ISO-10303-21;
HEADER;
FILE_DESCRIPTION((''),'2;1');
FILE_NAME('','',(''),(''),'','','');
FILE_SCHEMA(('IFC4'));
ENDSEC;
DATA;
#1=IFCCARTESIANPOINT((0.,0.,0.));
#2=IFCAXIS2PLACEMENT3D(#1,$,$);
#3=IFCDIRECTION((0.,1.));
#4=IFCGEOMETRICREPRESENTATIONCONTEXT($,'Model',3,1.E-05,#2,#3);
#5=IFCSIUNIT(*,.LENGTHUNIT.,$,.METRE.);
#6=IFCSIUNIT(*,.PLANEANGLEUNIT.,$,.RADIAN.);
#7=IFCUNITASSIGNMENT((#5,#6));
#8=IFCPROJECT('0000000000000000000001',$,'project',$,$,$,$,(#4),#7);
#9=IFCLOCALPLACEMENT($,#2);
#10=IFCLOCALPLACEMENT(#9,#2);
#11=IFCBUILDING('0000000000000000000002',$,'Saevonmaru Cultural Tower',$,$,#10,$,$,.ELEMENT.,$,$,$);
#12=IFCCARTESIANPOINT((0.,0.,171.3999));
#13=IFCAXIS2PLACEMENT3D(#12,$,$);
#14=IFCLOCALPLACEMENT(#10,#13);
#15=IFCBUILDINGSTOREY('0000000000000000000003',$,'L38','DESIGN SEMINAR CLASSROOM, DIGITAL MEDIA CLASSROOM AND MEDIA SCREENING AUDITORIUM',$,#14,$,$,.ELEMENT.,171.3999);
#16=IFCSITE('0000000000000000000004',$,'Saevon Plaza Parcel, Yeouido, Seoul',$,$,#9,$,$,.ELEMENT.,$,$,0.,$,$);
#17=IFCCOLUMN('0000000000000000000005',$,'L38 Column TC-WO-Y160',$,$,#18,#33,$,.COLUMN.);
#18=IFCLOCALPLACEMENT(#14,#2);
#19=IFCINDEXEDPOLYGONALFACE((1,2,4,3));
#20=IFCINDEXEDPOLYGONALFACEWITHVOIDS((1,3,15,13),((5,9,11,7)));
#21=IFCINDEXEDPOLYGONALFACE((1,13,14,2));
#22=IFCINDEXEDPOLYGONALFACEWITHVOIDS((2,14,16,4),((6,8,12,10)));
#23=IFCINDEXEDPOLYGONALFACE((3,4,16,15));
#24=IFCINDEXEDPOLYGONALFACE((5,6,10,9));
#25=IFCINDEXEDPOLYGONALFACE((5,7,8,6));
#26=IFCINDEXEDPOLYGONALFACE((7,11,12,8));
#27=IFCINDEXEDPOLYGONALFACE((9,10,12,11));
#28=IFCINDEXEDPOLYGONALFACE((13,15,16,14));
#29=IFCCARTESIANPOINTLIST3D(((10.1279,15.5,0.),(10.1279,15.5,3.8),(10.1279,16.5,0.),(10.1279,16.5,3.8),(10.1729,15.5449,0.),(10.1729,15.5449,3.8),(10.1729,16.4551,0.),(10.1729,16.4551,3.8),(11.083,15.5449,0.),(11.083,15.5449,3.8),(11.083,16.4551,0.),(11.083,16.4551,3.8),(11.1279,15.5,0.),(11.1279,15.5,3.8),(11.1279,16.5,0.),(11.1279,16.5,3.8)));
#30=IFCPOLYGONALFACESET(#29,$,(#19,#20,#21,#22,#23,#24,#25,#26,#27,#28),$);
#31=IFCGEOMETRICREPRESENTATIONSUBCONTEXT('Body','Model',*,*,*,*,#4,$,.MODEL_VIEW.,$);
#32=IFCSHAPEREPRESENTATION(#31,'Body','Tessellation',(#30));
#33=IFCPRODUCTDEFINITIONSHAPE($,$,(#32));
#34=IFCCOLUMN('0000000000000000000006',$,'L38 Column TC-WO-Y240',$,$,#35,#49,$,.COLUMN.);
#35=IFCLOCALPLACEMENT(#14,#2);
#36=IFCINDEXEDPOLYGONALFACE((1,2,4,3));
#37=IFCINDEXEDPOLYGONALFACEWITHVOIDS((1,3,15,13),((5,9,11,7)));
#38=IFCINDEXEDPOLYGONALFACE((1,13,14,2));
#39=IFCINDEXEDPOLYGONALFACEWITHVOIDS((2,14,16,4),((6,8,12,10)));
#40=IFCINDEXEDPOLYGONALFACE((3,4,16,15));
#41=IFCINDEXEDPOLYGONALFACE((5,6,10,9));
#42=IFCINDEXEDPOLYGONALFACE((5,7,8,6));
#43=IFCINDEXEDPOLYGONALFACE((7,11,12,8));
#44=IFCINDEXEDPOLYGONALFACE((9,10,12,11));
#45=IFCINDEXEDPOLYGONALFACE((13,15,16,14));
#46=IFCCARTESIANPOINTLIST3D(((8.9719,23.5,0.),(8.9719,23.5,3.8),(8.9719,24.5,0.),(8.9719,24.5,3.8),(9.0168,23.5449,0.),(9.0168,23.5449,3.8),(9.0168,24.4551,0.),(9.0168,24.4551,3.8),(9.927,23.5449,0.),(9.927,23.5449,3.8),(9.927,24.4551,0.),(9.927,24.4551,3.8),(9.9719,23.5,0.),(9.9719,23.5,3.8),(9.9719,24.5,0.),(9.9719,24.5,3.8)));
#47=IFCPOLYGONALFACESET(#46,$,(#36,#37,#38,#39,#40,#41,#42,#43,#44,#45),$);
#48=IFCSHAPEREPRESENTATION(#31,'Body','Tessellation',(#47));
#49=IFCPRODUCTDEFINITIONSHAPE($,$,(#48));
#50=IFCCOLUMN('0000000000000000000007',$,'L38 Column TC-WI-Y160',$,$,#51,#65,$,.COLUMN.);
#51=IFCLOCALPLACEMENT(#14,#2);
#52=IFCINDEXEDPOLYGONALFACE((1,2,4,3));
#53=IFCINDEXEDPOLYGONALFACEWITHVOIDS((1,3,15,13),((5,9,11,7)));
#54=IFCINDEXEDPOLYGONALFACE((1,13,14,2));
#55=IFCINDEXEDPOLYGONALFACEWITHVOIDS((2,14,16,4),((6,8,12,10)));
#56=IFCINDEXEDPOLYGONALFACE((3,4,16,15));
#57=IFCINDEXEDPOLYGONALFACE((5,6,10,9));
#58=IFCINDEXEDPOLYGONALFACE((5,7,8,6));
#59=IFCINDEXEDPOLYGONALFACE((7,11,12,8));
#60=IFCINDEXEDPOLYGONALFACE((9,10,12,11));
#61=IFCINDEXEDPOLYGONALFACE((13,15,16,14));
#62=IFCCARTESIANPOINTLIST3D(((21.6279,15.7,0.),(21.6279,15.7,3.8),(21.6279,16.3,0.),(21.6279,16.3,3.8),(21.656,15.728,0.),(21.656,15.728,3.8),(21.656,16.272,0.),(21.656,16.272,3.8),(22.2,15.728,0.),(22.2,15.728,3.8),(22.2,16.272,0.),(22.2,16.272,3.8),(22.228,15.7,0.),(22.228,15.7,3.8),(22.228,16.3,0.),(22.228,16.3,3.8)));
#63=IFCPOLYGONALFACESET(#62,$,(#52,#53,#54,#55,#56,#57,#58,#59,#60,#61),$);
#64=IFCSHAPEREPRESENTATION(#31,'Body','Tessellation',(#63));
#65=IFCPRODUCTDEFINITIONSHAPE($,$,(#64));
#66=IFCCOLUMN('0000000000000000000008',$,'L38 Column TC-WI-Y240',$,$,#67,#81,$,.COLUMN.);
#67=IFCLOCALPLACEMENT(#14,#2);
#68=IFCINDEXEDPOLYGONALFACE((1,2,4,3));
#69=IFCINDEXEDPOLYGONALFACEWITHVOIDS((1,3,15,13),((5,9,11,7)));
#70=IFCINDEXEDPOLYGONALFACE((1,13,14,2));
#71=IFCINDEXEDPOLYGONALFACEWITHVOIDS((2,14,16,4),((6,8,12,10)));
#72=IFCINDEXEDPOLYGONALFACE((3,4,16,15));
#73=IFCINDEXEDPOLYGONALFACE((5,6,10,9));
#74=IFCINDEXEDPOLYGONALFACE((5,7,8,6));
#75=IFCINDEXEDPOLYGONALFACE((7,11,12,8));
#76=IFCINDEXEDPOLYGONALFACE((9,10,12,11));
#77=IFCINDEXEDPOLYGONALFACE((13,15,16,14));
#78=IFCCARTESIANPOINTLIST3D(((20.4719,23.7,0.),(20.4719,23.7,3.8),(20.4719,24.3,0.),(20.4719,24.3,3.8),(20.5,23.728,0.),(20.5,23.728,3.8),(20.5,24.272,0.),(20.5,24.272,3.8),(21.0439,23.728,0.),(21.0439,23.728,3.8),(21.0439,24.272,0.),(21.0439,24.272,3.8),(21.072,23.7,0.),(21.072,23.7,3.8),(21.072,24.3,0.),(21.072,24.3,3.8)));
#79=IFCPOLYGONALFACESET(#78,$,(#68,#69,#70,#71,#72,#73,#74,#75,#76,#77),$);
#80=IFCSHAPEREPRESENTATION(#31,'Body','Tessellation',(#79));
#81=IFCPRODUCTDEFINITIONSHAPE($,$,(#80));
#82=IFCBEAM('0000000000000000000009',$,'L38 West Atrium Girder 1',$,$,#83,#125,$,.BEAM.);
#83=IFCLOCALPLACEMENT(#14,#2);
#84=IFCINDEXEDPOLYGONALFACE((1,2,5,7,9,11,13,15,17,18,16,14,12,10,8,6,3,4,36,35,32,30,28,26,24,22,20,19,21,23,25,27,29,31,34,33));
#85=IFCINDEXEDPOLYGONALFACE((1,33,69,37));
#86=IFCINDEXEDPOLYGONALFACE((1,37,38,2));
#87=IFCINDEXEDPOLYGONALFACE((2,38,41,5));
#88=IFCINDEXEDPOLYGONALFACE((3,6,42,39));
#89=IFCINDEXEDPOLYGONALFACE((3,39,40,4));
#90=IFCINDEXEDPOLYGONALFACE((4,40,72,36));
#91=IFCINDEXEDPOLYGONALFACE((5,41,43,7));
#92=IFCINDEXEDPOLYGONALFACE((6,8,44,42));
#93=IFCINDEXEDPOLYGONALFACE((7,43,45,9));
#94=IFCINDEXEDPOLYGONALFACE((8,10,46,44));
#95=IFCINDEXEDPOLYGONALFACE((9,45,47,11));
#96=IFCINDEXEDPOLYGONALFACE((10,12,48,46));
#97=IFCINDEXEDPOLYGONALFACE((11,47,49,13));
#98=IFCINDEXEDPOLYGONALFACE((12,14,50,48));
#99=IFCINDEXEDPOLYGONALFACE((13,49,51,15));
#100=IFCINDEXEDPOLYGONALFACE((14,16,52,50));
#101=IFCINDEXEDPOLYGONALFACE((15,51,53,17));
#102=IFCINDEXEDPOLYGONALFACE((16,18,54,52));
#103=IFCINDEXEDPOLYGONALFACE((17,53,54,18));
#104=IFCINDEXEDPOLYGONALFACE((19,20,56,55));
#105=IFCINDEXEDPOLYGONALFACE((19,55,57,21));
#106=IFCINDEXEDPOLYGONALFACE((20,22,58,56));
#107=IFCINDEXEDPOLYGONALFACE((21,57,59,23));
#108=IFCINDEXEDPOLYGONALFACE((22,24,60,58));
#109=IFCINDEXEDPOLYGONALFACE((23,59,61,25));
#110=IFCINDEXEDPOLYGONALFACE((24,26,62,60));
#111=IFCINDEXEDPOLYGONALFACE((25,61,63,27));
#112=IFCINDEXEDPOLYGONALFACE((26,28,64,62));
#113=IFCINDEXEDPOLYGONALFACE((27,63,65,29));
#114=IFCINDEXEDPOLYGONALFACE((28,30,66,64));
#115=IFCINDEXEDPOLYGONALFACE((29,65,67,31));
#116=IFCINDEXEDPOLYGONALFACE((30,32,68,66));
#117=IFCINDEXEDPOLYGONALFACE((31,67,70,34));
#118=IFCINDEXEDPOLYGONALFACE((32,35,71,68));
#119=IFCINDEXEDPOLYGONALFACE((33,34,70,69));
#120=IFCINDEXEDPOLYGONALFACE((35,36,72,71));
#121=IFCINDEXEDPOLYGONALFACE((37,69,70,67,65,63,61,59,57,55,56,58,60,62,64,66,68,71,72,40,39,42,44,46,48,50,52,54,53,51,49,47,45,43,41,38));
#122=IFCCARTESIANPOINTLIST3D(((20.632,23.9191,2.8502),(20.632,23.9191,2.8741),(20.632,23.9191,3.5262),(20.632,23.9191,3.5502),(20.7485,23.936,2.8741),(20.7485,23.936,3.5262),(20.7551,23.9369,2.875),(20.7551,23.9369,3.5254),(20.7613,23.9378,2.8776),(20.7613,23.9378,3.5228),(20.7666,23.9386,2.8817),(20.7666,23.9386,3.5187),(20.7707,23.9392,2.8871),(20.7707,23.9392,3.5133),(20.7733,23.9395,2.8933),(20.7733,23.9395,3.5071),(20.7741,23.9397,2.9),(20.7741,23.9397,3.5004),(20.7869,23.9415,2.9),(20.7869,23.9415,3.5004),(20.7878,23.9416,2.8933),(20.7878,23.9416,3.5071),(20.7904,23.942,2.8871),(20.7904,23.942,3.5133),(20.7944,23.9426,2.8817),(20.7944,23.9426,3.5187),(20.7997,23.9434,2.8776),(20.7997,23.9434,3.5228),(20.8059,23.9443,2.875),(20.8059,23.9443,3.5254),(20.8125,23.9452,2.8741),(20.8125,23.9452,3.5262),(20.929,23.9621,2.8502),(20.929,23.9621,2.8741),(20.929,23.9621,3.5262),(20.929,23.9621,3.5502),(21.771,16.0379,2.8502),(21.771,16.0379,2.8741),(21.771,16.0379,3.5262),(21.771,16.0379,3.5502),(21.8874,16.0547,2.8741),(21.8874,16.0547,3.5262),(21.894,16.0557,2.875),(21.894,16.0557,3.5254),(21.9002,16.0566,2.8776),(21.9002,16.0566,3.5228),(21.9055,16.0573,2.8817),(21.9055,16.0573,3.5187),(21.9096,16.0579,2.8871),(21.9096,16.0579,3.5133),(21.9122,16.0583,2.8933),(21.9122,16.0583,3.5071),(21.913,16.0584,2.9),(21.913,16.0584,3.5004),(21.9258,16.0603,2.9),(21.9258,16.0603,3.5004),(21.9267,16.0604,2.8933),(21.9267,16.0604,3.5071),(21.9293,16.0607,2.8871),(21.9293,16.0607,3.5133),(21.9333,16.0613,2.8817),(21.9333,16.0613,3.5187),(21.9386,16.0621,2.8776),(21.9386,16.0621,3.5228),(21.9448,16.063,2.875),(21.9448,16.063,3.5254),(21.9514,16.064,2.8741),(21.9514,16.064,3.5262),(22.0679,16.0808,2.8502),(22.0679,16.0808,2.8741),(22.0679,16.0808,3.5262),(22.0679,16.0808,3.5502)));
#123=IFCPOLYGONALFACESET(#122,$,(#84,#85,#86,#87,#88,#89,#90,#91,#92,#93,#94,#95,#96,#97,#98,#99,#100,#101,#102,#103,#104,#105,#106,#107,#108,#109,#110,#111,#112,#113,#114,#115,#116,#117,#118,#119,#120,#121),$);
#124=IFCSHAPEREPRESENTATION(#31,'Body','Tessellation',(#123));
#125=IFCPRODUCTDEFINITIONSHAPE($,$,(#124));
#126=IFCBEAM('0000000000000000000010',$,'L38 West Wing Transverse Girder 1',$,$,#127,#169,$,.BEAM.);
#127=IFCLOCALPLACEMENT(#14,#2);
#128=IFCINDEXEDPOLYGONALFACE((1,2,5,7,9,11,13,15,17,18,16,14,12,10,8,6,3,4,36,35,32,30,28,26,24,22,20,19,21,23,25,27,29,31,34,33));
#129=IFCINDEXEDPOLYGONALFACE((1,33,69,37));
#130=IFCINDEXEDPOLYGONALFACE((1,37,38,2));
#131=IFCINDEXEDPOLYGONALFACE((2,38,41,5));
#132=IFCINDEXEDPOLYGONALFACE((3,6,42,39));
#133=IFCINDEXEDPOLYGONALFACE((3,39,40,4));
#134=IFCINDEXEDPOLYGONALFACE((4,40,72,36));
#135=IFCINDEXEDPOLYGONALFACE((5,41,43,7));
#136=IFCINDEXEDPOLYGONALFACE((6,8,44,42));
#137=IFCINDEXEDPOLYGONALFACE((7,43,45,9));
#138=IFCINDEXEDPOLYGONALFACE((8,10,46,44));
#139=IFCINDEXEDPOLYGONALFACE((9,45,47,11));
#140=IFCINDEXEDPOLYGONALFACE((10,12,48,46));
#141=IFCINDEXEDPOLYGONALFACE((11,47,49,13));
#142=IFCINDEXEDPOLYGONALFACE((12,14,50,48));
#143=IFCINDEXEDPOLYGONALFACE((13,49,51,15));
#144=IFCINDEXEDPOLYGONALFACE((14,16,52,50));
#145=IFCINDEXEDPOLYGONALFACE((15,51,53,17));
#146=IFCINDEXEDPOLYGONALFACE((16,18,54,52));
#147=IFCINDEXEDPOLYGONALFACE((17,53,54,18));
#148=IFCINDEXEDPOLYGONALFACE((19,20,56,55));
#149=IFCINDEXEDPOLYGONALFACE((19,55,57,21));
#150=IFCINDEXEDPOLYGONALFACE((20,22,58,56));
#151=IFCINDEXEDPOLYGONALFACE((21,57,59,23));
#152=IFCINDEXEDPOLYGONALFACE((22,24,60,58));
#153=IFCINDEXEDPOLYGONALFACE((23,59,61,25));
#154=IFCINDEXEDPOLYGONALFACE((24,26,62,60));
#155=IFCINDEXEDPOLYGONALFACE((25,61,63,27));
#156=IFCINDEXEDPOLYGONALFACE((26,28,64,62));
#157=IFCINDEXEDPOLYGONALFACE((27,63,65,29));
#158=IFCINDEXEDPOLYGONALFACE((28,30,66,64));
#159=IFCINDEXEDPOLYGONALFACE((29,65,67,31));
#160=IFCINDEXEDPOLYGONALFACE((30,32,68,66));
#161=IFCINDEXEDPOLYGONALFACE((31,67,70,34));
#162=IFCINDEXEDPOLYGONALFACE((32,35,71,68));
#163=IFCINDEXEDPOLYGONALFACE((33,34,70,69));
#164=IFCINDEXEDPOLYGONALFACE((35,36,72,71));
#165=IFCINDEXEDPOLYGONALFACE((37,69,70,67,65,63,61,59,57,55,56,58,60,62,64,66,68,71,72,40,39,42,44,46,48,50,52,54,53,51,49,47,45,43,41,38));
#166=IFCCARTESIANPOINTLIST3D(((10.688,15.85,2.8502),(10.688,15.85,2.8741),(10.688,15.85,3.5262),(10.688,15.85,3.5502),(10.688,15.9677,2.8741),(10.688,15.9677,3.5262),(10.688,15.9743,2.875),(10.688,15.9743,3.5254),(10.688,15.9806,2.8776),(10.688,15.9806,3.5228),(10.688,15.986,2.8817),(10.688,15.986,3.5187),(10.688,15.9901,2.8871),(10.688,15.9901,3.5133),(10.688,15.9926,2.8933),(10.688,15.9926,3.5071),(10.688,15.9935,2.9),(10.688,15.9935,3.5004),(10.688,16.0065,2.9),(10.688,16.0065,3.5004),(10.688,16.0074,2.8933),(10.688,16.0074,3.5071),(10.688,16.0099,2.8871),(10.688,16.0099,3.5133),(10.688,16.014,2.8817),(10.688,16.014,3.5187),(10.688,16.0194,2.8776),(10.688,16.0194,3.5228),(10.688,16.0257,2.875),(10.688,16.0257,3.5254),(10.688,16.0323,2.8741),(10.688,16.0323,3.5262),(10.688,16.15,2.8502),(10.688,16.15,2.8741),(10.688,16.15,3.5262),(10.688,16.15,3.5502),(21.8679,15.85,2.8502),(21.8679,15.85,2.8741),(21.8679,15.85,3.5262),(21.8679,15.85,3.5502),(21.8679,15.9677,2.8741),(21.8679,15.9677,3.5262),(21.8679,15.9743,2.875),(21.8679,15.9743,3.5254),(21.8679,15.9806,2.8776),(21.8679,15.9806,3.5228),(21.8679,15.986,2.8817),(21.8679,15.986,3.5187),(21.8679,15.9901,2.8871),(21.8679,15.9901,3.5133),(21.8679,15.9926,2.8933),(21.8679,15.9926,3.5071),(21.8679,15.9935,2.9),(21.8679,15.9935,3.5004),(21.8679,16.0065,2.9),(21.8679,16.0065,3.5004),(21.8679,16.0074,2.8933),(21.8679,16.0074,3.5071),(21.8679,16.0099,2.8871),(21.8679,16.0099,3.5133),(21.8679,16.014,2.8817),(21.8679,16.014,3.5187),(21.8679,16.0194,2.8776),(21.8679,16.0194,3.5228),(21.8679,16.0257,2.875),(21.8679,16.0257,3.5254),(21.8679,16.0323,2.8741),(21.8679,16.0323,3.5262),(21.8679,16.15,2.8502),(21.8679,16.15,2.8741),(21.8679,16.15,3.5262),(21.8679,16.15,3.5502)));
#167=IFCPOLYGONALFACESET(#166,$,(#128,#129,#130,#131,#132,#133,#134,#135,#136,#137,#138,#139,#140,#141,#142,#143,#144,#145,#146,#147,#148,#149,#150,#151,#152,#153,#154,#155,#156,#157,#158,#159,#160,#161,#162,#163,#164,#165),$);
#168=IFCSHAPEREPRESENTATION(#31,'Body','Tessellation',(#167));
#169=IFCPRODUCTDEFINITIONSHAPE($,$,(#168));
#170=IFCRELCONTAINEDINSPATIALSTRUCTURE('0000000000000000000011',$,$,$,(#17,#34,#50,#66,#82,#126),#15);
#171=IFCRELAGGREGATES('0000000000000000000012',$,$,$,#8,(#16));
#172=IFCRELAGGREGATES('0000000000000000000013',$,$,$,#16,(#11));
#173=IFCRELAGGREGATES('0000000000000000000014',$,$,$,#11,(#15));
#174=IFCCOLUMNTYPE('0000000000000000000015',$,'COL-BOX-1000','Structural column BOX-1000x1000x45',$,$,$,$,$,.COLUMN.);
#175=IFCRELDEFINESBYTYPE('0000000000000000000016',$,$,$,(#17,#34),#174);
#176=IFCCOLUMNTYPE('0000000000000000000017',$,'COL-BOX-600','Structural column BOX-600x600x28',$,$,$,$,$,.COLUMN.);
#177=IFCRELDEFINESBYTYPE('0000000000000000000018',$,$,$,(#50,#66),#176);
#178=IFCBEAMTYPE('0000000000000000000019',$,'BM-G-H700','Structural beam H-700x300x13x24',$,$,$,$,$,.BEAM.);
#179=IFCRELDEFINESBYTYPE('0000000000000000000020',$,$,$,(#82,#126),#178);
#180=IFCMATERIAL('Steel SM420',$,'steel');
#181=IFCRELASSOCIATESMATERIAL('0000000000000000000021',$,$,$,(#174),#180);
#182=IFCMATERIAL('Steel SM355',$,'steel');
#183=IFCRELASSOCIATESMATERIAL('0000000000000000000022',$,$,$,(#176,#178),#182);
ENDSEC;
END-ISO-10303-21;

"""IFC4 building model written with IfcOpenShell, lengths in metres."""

from ifc_helpers import new_model, si_unit, direction, frame, origin, origin_2d, place, context, subcontext, project, spatial, hollow_rectangle, i_section, extrude, material, material_profile, profile_set, type_object, element, save


model = new_model("IFC4")

# Units and contexts
model_context = context("Model", 3, precision=1e-05, world=origin(), true_north=direction((0.0, 1.0)))
body_context = subcontext(model_context, "Body", "Model", "MODEL_VIEW")
ifc_project = project(units=[si_unit("LENGTHUNIT", "METRE"), si_unit("PLANEANGLEUNIT", "RADIAN")], contexts=[model_context])

# Site, building, storey
site_placement = place(None, origin())
site = spatial("IfcSite", under=ifc_project, at=site_placement, Name="Saevon Plaza Parcel, Yeouido, Seoul", CompositionType="ELEMENT", RefElevation=0.0)
building_placement = place(site_placement, origin())
building = spatial("IfcBuilding", under=site, at=building_placement, Name="Saevonmaru Cultural Tower", CompositionType="ELEMENT")
storey_placement = place(building_placement, frame((0.0, 0.0, 171.3999)))
storey = spatial("IfcBuildingStorey", under=building, at=storey_placement, Name="L38", Description="DESIGN SEMINAR CLASSROOM, DIGITAL MEDIA CLASSROOM AND MEDIA SCREENING AUDITORIUM", CompositionType="ELEMENT", Elevation=171.3999)

# Columns
ifc_material_1 = material(Name="Steel SM420", Category="steel")
ifc_material_profile_1 = material_profile(ifc_material_1, hollow_rectangle(XDim=1.0, YDim=1.0, WallThickness=0.0449, at=origin_2d()), Name="BOX-1000x1000x45")
ifc_profile_set_1 = profile_set([ifc_material_profile_1], Name="Steel SM420")
column_type_1 = type_object("IfcColumnType", Name="COL-BOX-1000", Description="Structural column BOX-1000x1000x45", PredefinedType="COLUMN", material=ifc_profile_set_1)
for number, where, z_axis, x_axis, name in (
    (1, (10.6279, 16.0, 0.0), (0.0, 0.0, 1.0), (1.0, 0.0, 0.0), "L38 Column TC-WO-Y160"),
    (2, (9.4719, 24.0, 0.0), (0.0, 0.0, 1.0), (1.0, 0.0, 0.0), "L38 Column TC-WO-Y240"),
):
    element("IfcColumn", number, at=place(storey_placement, frame(where, z_axis=z_axis, x_axis=x_axis)), inside=storey, type_object=column_type_1, Name=name, PredefinedType="COLUMN", context=body_context, shape_type="SweptSolid", body=[
        extrude(hollow_rectangle(XDim=1.0, YDim=1.0, WallThickness=0.0449, at=origin_2d()), origin(), (0.0, 0.0, 1.0), 3.8),
    ])
ifc_material_2 = material(Name="Steel SM355", Category="steel")
ifc_material_profile_2 = material_profile(ifc_material_2, hollow_rectangle(XDim=0.6001, YDim=0.6001, WallThickness=0.0281, at=origin_2d()), Name="BOX-600x600x28")
ifc_profile_set_2 = profile_set([ifc_material_profile_2], Name="Steel SM355")
column_type_2 = type_object("IfcColumnType", Name="COL-BOX-600", Description="Structural column BOX-600x600x28", PredefinedType="COLUMN", material=ifc_profile_set_2)
for number, where, z_axis, x_axis, name in (
    (3, (21.928, 16.0, 0.0), (0.0, 0.0, 1.0), (1.0, 0.0, 0.0), "L38 Column TC-WI-Y160"),
    (4, (20.772, 24.0, 0.0), (0.0, 0.0, 1.0), (1.0, 0.0, 0.0), "L38 Column TC-WI-Y240"),
):
    element("IfcColumn", number, at=place(storey_placement, frame(where, z_axis=z_axis, x_axis=x_axis)), inside=storey, type_object=column_type_2, Name=name, PredefinedType="COLUMN", context=body_context, shape_type="SweptSolid", body=[
        extrude(hollow_rectangle(XDim=0.6001, YDim=0.6001, WallThickness=0.0281, at=origin_2d()), origin(), (0.0, 0.0, 1.0), 3.8),
    ])

# Beams
ifc_material_profile_3 = material_profile(ifc_material_2, i_section(OverallWidth=0.3, OverallDepth=0.7, WebThickness=0.0129, FlangeThickness=0.0239, FilletRadius=0.0259, at=origin_2d()), Name="H-700x300x13x24")
ifc_profile_set_3 = profile_set([ifc_material_profile_3], Name="Steel SM355")
beam_type_1 = type_object("IfcBeamType", Name="BM-G-H700", Description="Structural beam H-700x300x13x24", PredefinedType="BEAM", material=ifc_profile_set_3)
beam_1_placement = place(storey_placement, frame((21.9194, 16.0593, 3.2002), z_axis=(-0.143022, 0.989719, 0.0), x_axis=(-0.989719, -0.143022, 0.0)))
element("IfcBeam", 5, at=beam_1_placement, inside=storey, type_object=beam_type_1, Name="L38 West Atrium Girder 1", PredefinedType="BEAM", context=body_context, shape_type="SweptSolid", body=[
    extrude(i_section(OverallWidth=0.3, OverallDepth=0.7, WebThickness=0.0129, FlangeThickness=0.0239, FilletRadius=0.0259, at=origin_2d()), origin(), (0.0, 0.0, 1.0), 7.9631),
])
for number, where, z_axis, x_axis, name in (
    (6, (10.688, 16.0, 3.2002), (1.0, 0.0, 0.0), (0.0, 1.0, 0.0), "L38 West Wing Transverse Girder 1"),
):
    element("IfcBeam", number, at=place(storey_placement, frame(where, z_axis=z_axis, x_axis=x_axis)), inside=storey, type_object=beam_type_1, Name=name, PredefinedType="BEAM", context=body_context, shape_type="SweptSolid", body=[
        extrude(i_section(OverallWidth=0.3, OverallDepth=0.7, WebThickness=0.0129, FlangeThickness=0.0239, FilletRadius=0.0259, at=origin_2d()), origin(), (0.0, 0.0, 1.0), 11.1799),
    ])

save(model, "model.ifc")
